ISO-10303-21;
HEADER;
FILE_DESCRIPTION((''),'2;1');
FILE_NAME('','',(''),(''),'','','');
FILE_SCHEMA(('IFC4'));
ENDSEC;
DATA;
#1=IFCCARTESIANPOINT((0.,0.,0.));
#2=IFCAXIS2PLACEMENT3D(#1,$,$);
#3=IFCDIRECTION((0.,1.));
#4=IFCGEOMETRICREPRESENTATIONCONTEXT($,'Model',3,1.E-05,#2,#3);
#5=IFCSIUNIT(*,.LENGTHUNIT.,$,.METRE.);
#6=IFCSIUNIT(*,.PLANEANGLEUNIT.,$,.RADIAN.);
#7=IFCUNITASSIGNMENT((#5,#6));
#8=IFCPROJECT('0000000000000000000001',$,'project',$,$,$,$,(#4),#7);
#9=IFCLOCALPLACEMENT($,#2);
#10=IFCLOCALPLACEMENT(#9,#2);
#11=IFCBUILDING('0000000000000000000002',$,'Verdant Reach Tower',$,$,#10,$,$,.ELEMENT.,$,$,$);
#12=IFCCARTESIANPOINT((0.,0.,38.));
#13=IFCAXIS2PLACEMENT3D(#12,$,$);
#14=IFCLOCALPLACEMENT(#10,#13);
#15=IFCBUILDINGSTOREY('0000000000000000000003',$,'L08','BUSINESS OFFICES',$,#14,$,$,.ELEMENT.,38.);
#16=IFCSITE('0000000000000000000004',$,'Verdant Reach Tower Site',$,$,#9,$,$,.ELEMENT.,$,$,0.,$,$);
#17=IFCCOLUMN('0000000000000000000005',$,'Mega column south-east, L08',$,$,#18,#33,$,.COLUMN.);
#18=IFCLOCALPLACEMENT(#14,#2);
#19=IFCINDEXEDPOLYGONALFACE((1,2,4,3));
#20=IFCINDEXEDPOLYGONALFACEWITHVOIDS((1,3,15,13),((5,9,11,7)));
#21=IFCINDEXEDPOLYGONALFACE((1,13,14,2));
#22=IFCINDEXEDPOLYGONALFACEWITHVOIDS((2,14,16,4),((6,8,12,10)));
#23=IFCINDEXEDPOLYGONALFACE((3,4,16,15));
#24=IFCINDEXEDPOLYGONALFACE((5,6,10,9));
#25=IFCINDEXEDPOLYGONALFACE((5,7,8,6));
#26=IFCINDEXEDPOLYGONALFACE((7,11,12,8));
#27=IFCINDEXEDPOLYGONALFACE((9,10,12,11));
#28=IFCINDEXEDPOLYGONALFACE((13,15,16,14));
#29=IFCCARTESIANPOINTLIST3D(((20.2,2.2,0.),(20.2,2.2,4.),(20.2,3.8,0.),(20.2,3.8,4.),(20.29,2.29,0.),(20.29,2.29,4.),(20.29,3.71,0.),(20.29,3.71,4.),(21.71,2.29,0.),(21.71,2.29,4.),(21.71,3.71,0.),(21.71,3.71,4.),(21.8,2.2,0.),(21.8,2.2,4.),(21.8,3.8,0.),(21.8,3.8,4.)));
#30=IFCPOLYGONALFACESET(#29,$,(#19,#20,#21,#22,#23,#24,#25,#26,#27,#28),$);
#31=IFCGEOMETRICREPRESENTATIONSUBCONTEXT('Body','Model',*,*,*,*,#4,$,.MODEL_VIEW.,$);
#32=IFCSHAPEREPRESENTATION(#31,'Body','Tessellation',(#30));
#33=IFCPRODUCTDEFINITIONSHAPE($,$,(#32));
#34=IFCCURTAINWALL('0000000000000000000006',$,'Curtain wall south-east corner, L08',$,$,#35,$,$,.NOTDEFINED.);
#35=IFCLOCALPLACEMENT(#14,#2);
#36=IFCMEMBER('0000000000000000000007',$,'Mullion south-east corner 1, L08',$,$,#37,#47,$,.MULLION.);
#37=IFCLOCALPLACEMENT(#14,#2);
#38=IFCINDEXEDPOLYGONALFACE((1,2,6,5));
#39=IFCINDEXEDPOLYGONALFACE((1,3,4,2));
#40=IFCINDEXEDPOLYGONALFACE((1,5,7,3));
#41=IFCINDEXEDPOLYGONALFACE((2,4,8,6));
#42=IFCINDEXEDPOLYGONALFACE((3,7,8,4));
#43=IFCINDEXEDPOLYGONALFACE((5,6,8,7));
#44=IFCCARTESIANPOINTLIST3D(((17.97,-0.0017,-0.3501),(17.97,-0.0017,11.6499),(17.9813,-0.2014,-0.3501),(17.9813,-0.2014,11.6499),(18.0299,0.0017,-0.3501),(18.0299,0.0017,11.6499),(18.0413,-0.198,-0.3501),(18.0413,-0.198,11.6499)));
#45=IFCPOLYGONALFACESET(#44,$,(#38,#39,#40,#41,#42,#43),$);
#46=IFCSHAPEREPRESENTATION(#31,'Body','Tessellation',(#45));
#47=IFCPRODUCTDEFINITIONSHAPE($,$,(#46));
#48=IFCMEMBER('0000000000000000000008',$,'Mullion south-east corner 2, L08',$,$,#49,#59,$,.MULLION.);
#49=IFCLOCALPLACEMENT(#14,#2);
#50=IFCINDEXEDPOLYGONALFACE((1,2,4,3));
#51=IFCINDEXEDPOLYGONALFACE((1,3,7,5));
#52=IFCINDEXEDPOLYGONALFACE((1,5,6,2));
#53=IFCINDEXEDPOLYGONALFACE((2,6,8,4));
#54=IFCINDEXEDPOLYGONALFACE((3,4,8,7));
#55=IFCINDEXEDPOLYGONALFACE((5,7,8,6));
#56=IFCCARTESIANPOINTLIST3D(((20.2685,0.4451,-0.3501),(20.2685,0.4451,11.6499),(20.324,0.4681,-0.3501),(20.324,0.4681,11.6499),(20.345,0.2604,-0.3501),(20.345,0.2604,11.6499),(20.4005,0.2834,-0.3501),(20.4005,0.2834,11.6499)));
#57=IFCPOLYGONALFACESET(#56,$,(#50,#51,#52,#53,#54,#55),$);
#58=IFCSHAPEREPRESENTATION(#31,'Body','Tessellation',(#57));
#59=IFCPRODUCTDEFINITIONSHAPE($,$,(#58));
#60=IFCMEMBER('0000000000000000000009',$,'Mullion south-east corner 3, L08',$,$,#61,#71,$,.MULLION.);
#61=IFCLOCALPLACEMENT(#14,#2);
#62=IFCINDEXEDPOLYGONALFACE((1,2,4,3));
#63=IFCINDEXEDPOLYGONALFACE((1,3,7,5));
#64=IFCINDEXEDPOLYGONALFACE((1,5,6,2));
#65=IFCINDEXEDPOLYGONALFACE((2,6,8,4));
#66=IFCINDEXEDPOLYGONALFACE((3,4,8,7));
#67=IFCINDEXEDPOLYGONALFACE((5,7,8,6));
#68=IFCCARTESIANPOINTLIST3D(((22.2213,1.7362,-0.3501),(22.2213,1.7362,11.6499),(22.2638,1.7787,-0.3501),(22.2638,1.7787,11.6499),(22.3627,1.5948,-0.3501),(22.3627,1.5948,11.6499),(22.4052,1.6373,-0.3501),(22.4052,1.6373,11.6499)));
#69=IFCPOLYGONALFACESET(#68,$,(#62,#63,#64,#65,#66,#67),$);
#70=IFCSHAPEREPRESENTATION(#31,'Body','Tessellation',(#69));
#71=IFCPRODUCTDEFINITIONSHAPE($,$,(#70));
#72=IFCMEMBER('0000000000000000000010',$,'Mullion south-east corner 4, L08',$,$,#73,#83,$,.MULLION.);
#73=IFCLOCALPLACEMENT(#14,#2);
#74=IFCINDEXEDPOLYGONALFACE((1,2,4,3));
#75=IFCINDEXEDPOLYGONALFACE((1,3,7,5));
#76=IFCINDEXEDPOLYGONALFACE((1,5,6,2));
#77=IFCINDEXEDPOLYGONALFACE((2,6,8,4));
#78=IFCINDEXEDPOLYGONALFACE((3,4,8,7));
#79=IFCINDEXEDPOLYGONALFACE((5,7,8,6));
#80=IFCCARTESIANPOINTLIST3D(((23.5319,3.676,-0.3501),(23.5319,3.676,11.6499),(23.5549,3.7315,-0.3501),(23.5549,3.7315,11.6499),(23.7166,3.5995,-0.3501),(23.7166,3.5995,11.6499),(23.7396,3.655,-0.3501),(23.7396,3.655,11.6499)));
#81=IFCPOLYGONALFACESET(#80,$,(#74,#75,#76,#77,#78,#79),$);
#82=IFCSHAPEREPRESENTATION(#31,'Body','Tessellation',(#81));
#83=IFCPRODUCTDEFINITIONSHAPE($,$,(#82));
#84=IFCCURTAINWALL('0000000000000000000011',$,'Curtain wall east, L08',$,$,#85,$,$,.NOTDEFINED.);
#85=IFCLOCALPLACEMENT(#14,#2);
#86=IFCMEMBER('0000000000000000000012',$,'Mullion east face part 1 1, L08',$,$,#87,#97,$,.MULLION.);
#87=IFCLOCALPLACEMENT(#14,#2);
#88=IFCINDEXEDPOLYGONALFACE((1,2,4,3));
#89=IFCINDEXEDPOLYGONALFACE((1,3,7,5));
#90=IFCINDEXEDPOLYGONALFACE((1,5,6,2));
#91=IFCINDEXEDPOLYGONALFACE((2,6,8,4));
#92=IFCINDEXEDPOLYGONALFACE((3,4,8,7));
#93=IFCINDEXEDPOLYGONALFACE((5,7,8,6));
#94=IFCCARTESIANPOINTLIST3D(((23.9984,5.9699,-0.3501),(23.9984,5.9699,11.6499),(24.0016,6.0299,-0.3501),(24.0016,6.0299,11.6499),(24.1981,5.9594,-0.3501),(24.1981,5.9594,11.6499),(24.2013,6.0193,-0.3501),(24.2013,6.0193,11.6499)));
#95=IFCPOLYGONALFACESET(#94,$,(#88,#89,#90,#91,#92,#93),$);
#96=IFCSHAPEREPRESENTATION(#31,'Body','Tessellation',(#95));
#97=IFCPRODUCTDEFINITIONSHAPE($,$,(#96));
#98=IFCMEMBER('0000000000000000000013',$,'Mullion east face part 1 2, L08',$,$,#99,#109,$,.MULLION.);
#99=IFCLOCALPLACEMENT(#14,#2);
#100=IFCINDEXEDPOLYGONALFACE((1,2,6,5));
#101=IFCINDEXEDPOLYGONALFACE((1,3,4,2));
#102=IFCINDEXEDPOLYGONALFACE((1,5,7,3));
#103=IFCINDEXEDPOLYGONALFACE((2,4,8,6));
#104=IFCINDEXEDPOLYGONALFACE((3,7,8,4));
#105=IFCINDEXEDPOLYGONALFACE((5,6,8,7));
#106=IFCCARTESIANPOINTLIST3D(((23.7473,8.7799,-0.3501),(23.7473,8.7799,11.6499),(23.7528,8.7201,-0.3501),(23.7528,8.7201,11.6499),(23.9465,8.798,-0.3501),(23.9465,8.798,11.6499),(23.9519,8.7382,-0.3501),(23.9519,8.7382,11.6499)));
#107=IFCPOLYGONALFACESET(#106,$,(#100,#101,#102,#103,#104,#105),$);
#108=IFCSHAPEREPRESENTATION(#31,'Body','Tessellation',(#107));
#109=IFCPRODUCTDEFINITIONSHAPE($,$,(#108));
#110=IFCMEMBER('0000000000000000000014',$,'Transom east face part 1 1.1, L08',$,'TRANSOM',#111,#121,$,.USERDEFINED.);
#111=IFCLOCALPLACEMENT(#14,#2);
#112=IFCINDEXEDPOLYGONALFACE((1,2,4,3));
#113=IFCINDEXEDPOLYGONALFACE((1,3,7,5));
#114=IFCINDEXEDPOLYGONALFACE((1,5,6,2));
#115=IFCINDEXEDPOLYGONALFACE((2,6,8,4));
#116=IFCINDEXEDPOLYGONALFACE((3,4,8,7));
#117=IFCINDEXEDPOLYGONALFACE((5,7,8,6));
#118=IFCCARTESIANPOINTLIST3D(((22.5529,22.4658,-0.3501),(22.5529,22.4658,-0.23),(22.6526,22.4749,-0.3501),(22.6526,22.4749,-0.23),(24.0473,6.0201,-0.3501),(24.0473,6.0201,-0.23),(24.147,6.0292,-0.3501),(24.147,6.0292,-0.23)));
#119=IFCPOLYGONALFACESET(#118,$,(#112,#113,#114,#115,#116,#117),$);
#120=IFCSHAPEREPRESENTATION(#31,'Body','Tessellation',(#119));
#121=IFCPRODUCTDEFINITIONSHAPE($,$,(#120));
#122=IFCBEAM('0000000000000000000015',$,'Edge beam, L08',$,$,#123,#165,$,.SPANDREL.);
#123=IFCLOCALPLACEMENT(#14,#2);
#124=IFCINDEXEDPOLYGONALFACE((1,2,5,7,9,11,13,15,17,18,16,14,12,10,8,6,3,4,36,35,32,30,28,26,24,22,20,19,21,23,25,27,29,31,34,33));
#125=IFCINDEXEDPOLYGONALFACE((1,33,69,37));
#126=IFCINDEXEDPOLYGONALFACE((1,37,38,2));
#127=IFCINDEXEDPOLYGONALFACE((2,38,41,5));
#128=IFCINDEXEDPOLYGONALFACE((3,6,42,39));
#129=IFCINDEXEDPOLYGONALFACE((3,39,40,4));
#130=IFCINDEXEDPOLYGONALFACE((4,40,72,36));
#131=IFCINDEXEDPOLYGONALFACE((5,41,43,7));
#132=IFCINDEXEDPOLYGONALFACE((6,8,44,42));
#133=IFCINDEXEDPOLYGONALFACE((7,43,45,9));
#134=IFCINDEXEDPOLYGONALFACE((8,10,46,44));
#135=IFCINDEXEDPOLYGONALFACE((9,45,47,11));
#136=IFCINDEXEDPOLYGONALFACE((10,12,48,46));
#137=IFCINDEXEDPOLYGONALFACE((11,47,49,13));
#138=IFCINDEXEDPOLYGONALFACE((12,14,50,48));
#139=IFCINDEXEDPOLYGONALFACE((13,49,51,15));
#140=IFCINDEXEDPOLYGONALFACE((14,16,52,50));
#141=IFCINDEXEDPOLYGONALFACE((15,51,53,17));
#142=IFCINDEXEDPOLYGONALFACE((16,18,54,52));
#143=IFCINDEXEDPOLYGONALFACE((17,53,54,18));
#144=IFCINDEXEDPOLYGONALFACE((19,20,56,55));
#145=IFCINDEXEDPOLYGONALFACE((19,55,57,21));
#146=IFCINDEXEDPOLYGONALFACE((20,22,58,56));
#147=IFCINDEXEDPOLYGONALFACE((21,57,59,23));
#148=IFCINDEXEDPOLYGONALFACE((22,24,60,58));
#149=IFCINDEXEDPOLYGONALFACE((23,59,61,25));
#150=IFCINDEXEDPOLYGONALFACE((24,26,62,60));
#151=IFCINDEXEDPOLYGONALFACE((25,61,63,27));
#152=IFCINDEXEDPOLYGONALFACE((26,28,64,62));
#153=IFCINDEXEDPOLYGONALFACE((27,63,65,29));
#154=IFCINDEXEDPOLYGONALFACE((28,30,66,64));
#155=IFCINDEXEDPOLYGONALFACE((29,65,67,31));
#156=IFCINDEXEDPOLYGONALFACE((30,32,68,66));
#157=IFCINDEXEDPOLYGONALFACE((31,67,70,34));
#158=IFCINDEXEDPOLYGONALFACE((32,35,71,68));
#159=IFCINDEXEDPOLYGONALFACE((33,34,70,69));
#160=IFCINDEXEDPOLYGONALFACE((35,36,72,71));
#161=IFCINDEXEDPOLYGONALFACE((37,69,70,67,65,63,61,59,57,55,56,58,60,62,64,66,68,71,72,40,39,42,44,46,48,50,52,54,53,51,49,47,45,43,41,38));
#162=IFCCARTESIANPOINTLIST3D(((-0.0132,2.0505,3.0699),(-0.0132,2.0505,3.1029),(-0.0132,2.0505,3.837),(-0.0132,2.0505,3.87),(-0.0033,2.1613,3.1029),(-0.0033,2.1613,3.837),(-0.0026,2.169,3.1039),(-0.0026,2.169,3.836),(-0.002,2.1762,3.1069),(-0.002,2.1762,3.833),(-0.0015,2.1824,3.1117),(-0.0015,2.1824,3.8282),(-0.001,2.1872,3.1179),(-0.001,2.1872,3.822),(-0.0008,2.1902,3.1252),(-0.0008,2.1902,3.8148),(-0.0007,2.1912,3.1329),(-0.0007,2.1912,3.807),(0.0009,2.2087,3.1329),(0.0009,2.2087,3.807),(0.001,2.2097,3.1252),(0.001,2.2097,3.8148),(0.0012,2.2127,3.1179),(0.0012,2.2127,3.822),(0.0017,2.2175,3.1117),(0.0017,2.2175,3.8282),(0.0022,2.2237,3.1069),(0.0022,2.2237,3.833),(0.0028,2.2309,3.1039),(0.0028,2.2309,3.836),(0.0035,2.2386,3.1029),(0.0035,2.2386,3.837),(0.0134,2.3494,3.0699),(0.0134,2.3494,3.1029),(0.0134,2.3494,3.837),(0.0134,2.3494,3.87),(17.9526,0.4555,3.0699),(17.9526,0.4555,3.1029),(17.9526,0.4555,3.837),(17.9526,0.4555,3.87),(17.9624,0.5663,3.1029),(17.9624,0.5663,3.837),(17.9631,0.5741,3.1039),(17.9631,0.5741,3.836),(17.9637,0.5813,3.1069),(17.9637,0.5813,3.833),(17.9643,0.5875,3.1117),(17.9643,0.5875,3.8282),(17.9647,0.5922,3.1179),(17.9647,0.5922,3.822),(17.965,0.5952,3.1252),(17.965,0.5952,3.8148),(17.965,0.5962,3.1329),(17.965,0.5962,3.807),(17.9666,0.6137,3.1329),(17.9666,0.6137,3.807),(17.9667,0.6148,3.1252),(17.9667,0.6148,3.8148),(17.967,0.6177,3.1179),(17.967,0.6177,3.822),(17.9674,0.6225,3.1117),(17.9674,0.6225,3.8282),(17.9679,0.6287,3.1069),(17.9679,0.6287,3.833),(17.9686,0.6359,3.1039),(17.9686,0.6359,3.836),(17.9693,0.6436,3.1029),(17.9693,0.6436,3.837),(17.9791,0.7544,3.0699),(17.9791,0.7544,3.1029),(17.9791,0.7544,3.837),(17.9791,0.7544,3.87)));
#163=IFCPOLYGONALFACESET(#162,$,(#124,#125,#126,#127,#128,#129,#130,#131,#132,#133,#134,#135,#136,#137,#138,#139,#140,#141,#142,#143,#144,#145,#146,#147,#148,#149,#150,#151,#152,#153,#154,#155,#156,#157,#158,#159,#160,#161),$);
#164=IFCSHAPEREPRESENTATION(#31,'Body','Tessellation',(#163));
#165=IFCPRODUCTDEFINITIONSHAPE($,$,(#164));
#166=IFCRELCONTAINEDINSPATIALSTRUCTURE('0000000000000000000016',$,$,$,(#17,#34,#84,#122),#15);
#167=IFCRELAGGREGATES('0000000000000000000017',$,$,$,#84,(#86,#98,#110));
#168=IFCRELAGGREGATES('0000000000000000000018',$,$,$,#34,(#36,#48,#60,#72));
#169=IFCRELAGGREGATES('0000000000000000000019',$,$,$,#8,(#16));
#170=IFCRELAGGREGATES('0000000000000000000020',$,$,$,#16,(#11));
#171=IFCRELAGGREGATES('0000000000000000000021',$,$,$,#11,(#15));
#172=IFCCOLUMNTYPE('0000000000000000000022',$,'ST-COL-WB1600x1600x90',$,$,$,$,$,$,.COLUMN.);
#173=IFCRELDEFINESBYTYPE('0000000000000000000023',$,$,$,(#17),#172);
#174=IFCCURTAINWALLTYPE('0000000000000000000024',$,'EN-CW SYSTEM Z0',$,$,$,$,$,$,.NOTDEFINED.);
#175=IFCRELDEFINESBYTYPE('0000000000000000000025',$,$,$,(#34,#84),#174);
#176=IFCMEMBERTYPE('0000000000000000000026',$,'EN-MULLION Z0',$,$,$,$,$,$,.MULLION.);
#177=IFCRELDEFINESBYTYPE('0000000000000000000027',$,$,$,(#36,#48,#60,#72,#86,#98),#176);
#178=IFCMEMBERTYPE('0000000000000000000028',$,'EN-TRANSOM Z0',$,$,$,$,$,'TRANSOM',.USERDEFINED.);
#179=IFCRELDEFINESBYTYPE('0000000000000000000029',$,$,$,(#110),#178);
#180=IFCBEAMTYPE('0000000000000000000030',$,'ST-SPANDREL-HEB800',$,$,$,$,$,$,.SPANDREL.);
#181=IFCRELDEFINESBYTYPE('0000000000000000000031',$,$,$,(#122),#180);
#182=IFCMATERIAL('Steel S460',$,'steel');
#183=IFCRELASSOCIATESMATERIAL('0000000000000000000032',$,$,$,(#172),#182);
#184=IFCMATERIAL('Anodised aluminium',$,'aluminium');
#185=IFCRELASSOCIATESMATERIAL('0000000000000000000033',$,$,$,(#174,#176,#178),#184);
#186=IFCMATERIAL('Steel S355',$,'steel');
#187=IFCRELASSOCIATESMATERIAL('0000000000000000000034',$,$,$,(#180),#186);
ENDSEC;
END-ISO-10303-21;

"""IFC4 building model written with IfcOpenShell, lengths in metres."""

from ifc_helpers import new_model, si_unit, direction, frame, origin, origin_2d, place, context, subcontext, project, spatial, rectangle, hollow_rectangle, i_section, extrude, material, material_profile, profile_set, type_object, element, aggregate, save


model = new_model("IFC4")

# Units and contexts
model_context = context("Model", 3, precision=1e-05, world=origin(), true_north=direction((0.0, 1.0)))
body_context = subcontext(model_context, "Body", "Model", "MODEL_VIEW")
ifc_project = project(units=[si_unit("LENGTHUNIT", "METRE"), si_unit("PLANEANGLEUNIT", "RADIAN")], contexts=[model_context])

# Site, building, storey
site_placement = place(None, origin())
site = spatial("IfcSite", under=ifc_project, at=site_placement, Name="Verdant Reach Tower Site", CompositionType="ELEMENT", RefElevation=0.0)
building_placement = place(site_placement, origin())
building = spatial("IfcBuilding", under=site, at=building_placement, Name="Verdant Reach Tower", CompositionType="ELEMENT")
storey_placement = place(building_placement, frame((0.0, 0.0, 38.0)))
storey = spatial("IfcBuildingStorey", under=building, at=storey_placement, Name="L08", Description="BUSINESS OFFICES", CompositionType="ELEMENT", Elevation=38.0)

# Column
ifc_material_1 = material(Name="Steel S460", Category="steel")
ifc_material_profile_1 = material_profile(ifc_material_1, hollow_rectangle(XDim=1.6001, YDim=1.6001, WallThickness=0.0901, at=origin_2d()), Name="WB 1600x1600x90")
ifc_profile_set_1 = profile_set([ifc_material_profile_1], Name="Steel S460")
column_type = type_object("IfcColumnType", Name="ST-COL-WB1600x1600x90", PredefinedType="COLUMN", material=ifc_profile_set_1)
column_placement = place(storey_placement, frame((21.0, 3.0, 0.0), z_axis=(0.0, 0.0, 1.0), x_axis=(1.0, 0.0, 0.0)))
element("IfcColumn", 1, at=column_placement, inside=storey, type_object=column_type, Name="Mega column south-east, L08", PredefinedType="COLUMN", context=body_context, shape_type="SweptSolid", body=[
    extrude(hollow_rectangle(XDim=1.6001, YDim=1.6001, WallThickness=0.0901, at=origin_2d()), origin(), (0.0, 0.0, 1.0), 4.0),
])

# Curtain walls, members
ifc_material_2 = material(Name="Anodised aluminium", Category="aluminium")
curtain_wall_type = type_object("IfcCurtainWallType", Name="EN-CW SYSTEM Z0", PredefinedType="NOTDEFINED", material=ifc_material_2)
curtain_wall_1_placement = place(storey_placement, origin())
curtain_wall_1 = element("IfcCurtainWall", 2, at=curtain_wall_1_placement, inside=storey, type_object=curtain_wall_type, Name="Curtain wall south-east corner, L08", PredefinedType="NOTDEFINED")
ifc_material_profile_2 = material_profile(ifc_material_2, rectangle(XDim=0.2, YDim=0.0601, at=origin_2d()), Name="Mullion 60x200")
ifc_profile_set_2 = profile_set([ifc_material_profile_2], Name="Anodised aluminium")
member_type_1 = type_object("IfcMemberType", Name="EN-MULLION Z0", PredefinedType="MULLION", material=ifc_profile_set_2)
member_1_placement = place(storey_placement, frame((18.0056, -0.0999, -0.3501), z_axis=(0.0, 0.0, 1.0), x_axis=(0.056569, -0.998399, 0.0)))
member_1 = element("IfcMember", 3, at=member_1_placement, type_object=member_type_1, Name="Mullion south-east corner 1, L08", PredefinedType="MULLION", context=body_context, shape_type="SweptSolid", body=[
    extrude(rectangle(XDim=0.2, YDim=0.0601, at=origin_2d()), origin(), (0.0, 0.0, 1.0), 12.0),
])
member_2_placement = place(storey_placement, frame((20.3345, 0.3643, -0.3501), z_axis=(0.0, 0.0, 1.0), x_axis=(0.382694, -0.923875, 0.0)))
member_2 = element("IfcMember", 4, at=member_2_placement, type_object=member_type_1, Name="Mullion south-east corner 2, L08", PredefinedType="MULLION", context=body_context, shape_type="SweptSolid", body=[
    extrude(rectangle(XDim=0.2, YDim=0.0601, at=origin_2d()), origin(), (0.0, 0.0, 1.0), 12.0),
])
member_3_placement = place(storey_placement, frame((22.3132, 1.6868, -0.3501), z_axis=(0.0, 0.0, 1.0), x_axis=(0.707107, -0.707107, 0.0)))
member_3 = element("IfcMember", 5, at=member_3_placement, type_object=member_type_1, Name="Mullion south-east corner 3, L08", PredefinedType="MULLION", context=body_context, shape_type="SweptSolid", body=[
    extrude(rectangle(XDim=0.2, YDim=0.0601, at=origin_2d()), origin(), (0.0, 0.0, 1.0), 12.0),
])
member_4_placement = place(storey_placement, frame((23.6357, 3.6655, -0.3501), z_axis=(0.0, 0.0, 1.0), x_axis=(0.923875, -0.382694, 0.0)))
member_4 = element("IfcMember", 6, at=member_4_placement, type_object=member_type_1, Name="Mullion south-east corner 4, L08", PredefinedType="MULLION", context=body_context, shape_type="SweptSolid", body=[
    extrude(rectangle(XDim=0.2, YDim=0.0601, at=origin_2d()), origin(), (0.0, 0.0, 1.0), 12.0),
])
curtain_wall_2_placement = place(storey_placement, origin())
curtain_wall_2 = element("IfcCurtainWall", 7, at=curtain_wall_2_placement, inside=storey, type_object=curtain_wall_type, Name="Curtain wall east, L08", PredefinedType="NOTDEFINED")
member_5_placement = place(storey_placement, frame((24.0999, 5.9946, -0.3501), z_axis=(0.0, 0.0, 1.0), x_axis=(0.998604, -0.052815, 0.0)))
member_5 = element("IfcMember", 8, at=member_5_placement, type_object=member_type_1, Name="Mullion east face part 1 1, L08", PredefinedType="MULLION", context=body_context, shape_type="SweptSolid", body=[
    extrude(rectangle(XDim=0.2, YDim=0.0601, at=origin_2d()), origin(), (0.0, 0.0, 1.0), 12.0),
])
member_6_placement = place(storey_placement, frame((23.8496, 8.759, -0.3501), z_axis=(0.0, 0.0, 1.0), x_axis=(0.995893, 0.090536, 0.0)))
member_6 = element("IfcMember", 9, at=member_6_placement, type_object=member_type_1, Name="Mullion east face part 1 2, L08", PredefinedType="MULLION", context=body_context, shape_type="SweptSolid", body=[
    extrude(rectangle(XDim=0.2, YDim=0.0601, at=origin_2d()), origin(), (0.0, 0.0, 1.0), 12.0),
])
ifc_material_profile_3 = material_profile(ifc_material_2, rectangle(XDim=0.1001, YDim=0.1201, at=origin_2d()), Name="Transom 120x100")
ifc_profile_set_3 = profile_set([ifc_material_profile_3], Name="Anodised aluminium")
member_type_2 = type_object("IfcMemberType", Name="EN-TRANSOM Z0", ElementType="TRANSOM", PredefinedType="USERDEFINED", material=ifc_profile_set_3)
member_7_placement = place(storey_placement, frame((24.0972, 6.0247, -0.29), z_axis=(-0.090496, 0.995897, 0.0), x_axis=(-0.995897, -0.090496, 0.0)))
member_7 = element("IfcMember", 10, at=member_7_placement, type_object=member_type_2, Name="Transom east face part 1 1.1, L08", ObjectType="TRANSOM", PredefinedType="USERDEFINED", context=body_context, shape_type="SweptSolid", body=[
    extrude(rectangle(XDim=0.1001, YDim=0.1201, at=origin_2d()), origin(), (0.0, 0.0, 1.0), 16.5134),
])

# Beam
ifc_material_3 = material(Name="Steel S355", Category="steel")
ifc_material_profile_4 = material_profile(ifc_material_3, i_section(OverallWidth=0.3, OverallDepth=0.8, WebThickness=0.0176, FlangeThickness=0.033, FilletRadius=0.03, at=origin_2d()), Name="HEB 800")
ifc_profile_set_4 = profile_set([ifc_material_profile_4], Name="Steel S355")
beam_type_1 = type_object("IfcBeamType", Name="ST-SPANDREL-HEB800", PredefinedType="SPANDREL", material=ifc_profile_set_4)
beam_1_placement = place(storey_placement, frame((17.9658, 0.605, 3.47), z_axis=(-0.996082, 0.08843, 0.0), x_axis=(-0.08843, -0.996082, 0.0)))
element("IfcBeam", 11, at=beam_1_placement, inside=storey, type_object=beam_type_1, Name="Edge beam, L08", PredefinedType="SPANDREL", context=body_context, shape_type="SweptSolid", body=[
    extrude(i_section(OverallWidth=0.3, OverallDepth=0.8, WebThickness=0.0176, FlangeThickness=0.033, FilletRadius=0.03, at=origin_2d()), origin(), (0.0, 0.0, 1.0), 18.0364),
])

aggregate(curtain_wall_2, [member_5, member_6, member_7])

aggregate(curtain_wall_1, [member_1, member_2, member_3, member_4])

save(model, "model.ifc")
